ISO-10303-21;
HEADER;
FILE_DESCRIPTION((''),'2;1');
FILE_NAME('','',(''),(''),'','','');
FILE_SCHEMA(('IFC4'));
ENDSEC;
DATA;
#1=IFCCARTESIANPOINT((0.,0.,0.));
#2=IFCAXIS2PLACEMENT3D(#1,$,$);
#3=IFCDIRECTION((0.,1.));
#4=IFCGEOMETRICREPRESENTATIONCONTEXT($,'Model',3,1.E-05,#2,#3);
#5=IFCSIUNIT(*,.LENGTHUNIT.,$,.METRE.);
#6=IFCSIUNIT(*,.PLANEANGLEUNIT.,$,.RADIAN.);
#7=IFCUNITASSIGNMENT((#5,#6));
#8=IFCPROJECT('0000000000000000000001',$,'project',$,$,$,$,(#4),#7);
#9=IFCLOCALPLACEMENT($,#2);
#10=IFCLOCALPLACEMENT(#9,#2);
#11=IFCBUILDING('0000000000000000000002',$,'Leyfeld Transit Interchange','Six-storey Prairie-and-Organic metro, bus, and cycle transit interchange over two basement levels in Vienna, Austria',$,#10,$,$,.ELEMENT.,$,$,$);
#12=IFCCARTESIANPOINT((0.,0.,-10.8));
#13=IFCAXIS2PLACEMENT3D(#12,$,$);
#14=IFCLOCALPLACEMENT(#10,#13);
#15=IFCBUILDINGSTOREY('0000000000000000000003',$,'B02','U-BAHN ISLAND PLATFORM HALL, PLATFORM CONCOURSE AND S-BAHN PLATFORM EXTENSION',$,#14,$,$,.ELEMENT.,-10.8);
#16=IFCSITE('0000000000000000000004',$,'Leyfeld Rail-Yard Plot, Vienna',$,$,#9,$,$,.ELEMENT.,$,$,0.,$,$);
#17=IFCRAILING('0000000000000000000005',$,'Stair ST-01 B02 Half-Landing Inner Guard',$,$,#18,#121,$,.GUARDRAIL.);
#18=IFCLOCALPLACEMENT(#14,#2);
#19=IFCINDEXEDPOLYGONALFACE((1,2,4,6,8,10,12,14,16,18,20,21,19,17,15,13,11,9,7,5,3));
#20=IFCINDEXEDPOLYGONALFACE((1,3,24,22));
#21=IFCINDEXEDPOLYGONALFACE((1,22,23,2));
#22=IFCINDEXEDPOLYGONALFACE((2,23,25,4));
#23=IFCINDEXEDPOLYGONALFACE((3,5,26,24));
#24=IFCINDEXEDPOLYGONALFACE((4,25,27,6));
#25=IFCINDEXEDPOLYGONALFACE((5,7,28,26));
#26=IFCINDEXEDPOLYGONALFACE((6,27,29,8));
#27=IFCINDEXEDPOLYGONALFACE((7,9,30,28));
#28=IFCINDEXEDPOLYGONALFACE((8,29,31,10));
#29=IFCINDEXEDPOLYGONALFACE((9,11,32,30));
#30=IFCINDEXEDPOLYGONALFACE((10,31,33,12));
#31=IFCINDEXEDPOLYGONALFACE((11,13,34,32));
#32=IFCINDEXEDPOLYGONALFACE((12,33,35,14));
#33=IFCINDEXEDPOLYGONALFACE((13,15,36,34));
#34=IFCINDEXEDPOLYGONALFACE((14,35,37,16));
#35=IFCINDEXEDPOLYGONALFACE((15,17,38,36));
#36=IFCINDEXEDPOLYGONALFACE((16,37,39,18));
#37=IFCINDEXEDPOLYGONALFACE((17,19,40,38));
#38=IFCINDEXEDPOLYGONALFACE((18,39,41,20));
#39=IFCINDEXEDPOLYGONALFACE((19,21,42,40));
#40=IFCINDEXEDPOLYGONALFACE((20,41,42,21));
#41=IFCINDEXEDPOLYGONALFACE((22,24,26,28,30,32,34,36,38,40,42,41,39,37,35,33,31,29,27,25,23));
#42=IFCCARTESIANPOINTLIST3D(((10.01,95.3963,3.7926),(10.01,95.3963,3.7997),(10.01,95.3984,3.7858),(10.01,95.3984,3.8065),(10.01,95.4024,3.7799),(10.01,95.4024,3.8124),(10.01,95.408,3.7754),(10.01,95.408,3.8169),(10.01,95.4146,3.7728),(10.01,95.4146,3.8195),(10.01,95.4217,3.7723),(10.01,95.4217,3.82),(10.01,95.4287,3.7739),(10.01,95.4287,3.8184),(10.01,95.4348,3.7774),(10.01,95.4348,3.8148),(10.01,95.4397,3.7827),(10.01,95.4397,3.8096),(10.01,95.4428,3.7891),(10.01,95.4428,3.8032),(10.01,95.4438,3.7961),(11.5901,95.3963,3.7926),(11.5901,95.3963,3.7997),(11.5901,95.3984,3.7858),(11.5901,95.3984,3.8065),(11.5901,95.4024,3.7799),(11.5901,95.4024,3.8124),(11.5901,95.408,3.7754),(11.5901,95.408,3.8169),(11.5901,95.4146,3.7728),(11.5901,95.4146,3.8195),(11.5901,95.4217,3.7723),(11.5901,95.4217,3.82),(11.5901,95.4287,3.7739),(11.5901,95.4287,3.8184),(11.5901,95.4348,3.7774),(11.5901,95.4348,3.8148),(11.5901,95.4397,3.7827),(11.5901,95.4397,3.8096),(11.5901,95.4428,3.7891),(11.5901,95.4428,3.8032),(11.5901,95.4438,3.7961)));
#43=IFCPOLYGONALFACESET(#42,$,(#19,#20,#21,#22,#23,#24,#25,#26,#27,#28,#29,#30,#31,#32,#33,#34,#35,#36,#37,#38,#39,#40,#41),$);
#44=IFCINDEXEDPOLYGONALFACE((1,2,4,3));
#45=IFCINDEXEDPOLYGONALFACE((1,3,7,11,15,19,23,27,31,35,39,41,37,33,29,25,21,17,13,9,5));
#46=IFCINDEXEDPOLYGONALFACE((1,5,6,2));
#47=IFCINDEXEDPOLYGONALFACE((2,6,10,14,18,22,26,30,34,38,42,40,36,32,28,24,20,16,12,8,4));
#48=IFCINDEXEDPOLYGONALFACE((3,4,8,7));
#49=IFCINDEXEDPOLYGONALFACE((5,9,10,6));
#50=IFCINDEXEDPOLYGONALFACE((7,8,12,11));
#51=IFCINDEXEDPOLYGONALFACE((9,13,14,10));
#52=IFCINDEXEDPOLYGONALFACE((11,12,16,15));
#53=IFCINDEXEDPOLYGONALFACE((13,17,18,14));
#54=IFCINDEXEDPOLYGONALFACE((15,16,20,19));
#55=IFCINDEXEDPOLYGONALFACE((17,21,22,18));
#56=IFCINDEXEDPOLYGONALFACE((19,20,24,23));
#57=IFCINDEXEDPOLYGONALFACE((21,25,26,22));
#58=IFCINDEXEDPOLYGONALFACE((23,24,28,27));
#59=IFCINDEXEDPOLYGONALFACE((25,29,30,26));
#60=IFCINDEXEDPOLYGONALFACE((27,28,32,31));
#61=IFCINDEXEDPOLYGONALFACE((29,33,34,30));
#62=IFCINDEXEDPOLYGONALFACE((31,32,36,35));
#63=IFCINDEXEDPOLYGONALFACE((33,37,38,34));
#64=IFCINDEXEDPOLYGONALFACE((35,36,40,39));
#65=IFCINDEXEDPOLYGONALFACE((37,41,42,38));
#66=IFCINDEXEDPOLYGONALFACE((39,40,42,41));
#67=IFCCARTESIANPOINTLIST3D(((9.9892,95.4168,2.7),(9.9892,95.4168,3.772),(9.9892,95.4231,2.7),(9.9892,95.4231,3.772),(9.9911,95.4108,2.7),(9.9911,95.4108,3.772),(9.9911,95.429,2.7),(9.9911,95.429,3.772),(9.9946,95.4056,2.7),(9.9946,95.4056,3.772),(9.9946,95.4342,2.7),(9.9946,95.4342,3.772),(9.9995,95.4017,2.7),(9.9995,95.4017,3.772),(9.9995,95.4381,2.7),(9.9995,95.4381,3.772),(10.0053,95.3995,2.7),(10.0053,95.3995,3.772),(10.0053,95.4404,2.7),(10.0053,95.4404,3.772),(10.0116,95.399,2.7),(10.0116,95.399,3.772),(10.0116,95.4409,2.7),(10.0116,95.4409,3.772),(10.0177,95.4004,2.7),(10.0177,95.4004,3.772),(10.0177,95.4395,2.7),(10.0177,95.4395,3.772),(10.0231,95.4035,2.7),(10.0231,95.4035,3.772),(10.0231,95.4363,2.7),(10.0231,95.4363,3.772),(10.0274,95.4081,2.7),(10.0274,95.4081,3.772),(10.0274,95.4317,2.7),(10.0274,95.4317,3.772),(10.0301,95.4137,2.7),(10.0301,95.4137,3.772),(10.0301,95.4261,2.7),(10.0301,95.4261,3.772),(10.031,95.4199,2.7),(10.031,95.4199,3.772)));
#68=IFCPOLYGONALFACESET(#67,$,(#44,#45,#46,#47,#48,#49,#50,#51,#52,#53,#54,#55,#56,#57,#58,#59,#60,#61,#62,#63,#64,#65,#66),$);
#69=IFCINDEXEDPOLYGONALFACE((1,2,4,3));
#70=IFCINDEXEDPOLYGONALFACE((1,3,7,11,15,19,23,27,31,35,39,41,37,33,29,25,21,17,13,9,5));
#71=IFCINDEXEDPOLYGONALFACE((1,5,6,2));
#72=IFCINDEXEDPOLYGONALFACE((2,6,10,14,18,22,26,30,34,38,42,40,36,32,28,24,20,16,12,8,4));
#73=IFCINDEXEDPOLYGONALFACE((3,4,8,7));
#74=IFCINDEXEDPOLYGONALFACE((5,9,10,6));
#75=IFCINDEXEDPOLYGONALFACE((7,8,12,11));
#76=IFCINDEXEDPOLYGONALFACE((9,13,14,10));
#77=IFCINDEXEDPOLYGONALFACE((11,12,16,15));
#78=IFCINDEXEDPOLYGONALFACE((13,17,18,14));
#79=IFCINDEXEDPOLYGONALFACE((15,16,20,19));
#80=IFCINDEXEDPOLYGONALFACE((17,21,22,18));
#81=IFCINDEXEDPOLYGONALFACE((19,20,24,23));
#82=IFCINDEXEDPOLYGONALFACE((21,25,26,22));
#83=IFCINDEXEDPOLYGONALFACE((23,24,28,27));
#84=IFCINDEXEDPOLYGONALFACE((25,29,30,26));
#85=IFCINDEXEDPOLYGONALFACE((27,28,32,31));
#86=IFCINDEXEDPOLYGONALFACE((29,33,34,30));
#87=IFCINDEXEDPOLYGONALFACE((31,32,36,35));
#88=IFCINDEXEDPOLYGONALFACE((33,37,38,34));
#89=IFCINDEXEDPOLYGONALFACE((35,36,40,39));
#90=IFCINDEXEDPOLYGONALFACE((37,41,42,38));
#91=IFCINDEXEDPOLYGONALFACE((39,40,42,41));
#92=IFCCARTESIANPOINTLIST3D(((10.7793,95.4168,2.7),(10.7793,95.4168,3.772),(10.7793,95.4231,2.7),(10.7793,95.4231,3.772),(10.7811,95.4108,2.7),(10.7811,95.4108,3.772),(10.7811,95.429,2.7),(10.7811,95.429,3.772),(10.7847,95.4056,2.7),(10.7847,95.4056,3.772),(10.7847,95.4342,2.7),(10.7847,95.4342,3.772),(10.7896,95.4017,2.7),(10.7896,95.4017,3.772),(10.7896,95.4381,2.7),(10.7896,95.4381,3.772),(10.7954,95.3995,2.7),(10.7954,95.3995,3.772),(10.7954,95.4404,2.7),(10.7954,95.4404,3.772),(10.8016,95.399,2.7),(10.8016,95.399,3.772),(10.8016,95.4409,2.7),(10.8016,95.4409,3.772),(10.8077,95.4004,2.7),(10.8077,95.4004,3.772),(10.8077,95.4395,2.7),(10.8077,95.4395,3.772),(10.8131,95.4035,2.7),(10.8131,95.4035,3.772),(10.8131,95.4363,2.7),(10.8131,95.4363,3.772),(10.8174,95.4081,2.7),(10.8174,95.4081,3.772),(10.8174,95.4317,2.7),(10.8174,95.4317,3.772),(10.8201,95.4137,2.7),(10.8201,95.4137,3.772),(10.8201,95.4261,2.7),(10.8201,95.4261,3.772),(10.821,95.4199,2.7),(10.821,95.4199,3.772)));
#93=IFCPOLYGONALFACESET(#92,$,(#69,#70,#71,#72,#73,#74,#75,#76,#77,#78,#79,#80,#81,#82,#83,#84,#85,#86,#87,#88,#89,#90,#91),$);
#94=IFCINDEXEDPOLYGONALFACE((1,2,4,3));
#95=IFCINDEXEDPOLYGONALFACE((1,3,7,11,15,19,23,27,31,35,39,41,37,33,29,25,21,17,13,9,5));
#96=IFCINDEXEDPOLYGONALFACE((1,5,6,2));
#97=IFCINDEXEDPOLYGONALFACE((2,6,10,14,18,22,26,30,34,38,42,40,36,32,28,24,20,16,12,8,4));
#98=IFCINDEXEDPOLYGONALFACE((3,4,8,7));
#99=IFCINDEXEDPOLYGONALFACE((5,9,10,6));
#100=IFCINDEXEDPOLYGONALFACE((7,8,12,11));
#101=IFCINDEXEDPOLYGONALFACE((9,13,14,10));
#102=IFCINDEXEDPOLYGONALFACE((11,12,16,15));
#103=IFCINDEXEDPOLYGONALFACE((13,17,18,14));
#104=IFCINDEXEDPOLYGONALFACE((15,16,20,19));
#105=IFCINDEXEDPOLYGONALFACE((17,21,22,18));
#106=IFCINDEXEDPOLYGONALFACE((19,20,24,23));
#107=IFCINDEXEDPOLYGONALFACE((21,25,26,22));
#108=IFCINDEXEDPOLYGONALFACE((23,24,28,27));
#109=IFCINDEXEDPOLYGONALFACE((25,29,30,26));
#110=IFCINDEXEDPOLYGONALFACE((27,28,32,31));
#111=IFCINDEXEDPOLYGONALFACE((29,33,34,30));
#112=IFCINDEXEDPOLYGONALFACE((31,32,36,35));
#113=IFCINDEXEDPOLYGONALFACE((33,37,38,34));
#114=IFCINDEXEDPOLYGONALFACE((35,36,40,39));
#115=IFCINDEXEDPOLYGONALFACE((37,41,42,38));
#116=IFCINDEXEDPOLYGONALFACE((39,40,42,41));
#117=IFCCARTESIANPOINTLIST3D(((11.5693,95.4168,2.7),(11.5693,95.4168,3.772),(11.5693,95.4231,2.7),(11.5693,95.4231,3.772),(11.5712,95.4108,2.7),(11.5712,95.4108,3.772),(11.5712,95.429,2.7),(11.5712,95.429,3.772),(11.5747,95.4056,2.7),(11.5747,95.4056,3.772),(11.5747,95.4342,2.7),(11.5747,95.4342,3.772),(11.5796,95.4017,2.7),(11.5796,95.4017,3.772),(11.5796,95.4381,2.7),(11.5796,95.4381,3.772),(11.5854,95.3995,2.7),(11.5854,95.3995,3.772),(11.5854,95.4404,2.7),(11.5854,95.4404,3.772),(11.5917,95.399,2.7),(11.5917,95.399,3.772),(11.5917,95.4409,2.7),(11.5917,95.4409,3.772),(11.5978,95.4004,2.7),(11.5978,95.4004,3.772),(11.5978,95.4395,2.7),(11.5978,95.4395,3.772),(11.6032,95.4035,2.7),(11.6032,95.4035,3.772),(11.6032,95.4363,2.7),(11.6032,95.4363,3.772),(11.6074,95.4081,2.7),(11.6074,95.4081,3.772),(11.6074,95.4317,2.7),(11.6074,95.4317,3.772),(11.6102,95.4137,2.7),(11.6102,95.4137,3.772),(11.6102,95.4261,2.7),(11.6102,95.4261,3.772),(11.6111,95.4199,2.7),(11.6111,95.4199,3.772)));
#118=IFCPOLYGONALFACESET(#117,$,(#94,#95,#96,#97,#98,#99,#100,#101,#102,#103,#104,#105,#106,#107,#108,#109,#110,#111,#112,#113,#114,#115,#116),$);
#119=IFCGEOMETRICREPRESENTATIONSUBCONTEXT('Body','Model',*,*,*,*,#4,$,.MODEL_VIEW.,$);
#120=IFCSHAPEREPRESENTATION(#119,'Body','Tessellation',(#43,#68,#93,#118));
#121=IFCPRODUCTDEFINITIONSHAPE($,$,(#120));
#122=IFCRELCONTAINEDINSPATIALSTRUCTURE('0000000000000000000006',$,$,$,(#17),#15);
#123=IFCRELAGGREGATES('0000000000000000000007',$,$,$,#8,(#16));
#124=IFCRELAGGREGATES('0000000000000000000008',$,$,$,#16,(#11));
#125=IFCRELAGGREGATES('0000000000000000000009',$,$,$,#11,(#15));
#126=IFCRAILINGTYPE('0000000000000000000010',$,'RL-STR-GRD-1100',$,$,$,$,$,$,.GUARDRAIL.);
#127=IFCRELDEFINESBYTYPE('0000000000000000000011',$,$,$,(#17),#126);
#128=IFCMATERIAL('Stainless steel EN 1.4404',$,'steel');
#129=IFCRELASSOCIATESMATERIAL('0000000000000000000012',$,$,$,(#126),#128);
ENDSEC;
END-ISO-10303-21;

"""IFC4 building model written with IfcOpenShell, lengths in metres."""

from ifc_helpers import new_model, si_unit, direction, frame, origin, origin_2d, place, context, subcontext, project, spatial, circle, extrude, material, type_object, element, save


model = new_model("IFC4")

# Units and contexts
model_context = context("Model", 3, precision=1e-05, world=origin(), true_north=direction((0.0, 1.0)))
body_context = subcontext(model_context, "Body", "Model", "MODEL_VIEW")
ifc_project = project(units=[si_unit("LENGTHUNIT", "METRE"), si_unit("PLANEANGLEUNIT", "RADIAN")], contexts=[model_context])

# Site, building, storey
site_placement = place(None, origin())
site = spatial("IfcSite", under=ifc_project, at=site_placement, Name="Leyfeld Rail-Yard Plot, Vienna", CompositionType="ELEMENT", RefElevation=0.0)
building_placement = place(site_placement, origin())
building = spatial("IfcBuilding", under=site, at=building_placement, Name="Leyfeld Transit Interchange", Description="Six-storey Prairie-and-Organic metro, bus, and cycle transit interchange over two basement levels in Vienna, Austria", CompositionType="ELEMENT")
storey_placement = place(building_placement, frame((0.0, 0.0, -10.8)))
storey = spatial("IfcBuildingStorey", under=building, at=storey_placement, Name="B02", Description="U-BAHN ISLAND PLATFORM HALL, PLATFORM CONCOURSE AND S-BAHN PLATFORM EXTENSION", CompositionType="ELEMENT", Elevation=-10.8)

# Railing
ifc_material_1 = material(Name="Stainless steel EN 1.4404", Category="steel")
railing_type = type_object("IfcRailingType", Name="RL-STR-GRD-1100", PredefinedType="GUARDRAIL", material=ifc_material_1)
railing_1_placement = place(storey_placement, frame((10.01, 95.4199, 2.7)))
element("IfcRailing", 1, at=railing_1_placement, inside=storey, type_object=railing_type, Name="Stair ST-01 B02 Half-Landing Inner Guard", PredefinedType="GUARDRAIL", context=body_context, shape_type="SweptSolid", body=[
    extrude(circle(Radius=0.0239, at=origin_2d()), frame((0.0, 0.0, 1.0962), z_axis=(1.0, 0.0, 0.0), x_axis=(0.0, 1.0, 0.0)), (0.0, 0.0, 1.0), 1.5801),
    extrude(circle(Radius=0.021, at=origin_2d()), origin(), (0.0, 0.0, 1.0), 1.072),
    extrude(circle(Radius=0.021, at=origin_2d()), frame((0.79, 0.0, 0.0)), (0.0, 0.0, 1.0), 1.072),
    extrude(circle(Radius=0.021, at=origin_2d()), frame((1.5801, 0.0, 0.0)), (0.0, 0.0, 1.0), 1.072),
])

save(model, "model.ifc")
